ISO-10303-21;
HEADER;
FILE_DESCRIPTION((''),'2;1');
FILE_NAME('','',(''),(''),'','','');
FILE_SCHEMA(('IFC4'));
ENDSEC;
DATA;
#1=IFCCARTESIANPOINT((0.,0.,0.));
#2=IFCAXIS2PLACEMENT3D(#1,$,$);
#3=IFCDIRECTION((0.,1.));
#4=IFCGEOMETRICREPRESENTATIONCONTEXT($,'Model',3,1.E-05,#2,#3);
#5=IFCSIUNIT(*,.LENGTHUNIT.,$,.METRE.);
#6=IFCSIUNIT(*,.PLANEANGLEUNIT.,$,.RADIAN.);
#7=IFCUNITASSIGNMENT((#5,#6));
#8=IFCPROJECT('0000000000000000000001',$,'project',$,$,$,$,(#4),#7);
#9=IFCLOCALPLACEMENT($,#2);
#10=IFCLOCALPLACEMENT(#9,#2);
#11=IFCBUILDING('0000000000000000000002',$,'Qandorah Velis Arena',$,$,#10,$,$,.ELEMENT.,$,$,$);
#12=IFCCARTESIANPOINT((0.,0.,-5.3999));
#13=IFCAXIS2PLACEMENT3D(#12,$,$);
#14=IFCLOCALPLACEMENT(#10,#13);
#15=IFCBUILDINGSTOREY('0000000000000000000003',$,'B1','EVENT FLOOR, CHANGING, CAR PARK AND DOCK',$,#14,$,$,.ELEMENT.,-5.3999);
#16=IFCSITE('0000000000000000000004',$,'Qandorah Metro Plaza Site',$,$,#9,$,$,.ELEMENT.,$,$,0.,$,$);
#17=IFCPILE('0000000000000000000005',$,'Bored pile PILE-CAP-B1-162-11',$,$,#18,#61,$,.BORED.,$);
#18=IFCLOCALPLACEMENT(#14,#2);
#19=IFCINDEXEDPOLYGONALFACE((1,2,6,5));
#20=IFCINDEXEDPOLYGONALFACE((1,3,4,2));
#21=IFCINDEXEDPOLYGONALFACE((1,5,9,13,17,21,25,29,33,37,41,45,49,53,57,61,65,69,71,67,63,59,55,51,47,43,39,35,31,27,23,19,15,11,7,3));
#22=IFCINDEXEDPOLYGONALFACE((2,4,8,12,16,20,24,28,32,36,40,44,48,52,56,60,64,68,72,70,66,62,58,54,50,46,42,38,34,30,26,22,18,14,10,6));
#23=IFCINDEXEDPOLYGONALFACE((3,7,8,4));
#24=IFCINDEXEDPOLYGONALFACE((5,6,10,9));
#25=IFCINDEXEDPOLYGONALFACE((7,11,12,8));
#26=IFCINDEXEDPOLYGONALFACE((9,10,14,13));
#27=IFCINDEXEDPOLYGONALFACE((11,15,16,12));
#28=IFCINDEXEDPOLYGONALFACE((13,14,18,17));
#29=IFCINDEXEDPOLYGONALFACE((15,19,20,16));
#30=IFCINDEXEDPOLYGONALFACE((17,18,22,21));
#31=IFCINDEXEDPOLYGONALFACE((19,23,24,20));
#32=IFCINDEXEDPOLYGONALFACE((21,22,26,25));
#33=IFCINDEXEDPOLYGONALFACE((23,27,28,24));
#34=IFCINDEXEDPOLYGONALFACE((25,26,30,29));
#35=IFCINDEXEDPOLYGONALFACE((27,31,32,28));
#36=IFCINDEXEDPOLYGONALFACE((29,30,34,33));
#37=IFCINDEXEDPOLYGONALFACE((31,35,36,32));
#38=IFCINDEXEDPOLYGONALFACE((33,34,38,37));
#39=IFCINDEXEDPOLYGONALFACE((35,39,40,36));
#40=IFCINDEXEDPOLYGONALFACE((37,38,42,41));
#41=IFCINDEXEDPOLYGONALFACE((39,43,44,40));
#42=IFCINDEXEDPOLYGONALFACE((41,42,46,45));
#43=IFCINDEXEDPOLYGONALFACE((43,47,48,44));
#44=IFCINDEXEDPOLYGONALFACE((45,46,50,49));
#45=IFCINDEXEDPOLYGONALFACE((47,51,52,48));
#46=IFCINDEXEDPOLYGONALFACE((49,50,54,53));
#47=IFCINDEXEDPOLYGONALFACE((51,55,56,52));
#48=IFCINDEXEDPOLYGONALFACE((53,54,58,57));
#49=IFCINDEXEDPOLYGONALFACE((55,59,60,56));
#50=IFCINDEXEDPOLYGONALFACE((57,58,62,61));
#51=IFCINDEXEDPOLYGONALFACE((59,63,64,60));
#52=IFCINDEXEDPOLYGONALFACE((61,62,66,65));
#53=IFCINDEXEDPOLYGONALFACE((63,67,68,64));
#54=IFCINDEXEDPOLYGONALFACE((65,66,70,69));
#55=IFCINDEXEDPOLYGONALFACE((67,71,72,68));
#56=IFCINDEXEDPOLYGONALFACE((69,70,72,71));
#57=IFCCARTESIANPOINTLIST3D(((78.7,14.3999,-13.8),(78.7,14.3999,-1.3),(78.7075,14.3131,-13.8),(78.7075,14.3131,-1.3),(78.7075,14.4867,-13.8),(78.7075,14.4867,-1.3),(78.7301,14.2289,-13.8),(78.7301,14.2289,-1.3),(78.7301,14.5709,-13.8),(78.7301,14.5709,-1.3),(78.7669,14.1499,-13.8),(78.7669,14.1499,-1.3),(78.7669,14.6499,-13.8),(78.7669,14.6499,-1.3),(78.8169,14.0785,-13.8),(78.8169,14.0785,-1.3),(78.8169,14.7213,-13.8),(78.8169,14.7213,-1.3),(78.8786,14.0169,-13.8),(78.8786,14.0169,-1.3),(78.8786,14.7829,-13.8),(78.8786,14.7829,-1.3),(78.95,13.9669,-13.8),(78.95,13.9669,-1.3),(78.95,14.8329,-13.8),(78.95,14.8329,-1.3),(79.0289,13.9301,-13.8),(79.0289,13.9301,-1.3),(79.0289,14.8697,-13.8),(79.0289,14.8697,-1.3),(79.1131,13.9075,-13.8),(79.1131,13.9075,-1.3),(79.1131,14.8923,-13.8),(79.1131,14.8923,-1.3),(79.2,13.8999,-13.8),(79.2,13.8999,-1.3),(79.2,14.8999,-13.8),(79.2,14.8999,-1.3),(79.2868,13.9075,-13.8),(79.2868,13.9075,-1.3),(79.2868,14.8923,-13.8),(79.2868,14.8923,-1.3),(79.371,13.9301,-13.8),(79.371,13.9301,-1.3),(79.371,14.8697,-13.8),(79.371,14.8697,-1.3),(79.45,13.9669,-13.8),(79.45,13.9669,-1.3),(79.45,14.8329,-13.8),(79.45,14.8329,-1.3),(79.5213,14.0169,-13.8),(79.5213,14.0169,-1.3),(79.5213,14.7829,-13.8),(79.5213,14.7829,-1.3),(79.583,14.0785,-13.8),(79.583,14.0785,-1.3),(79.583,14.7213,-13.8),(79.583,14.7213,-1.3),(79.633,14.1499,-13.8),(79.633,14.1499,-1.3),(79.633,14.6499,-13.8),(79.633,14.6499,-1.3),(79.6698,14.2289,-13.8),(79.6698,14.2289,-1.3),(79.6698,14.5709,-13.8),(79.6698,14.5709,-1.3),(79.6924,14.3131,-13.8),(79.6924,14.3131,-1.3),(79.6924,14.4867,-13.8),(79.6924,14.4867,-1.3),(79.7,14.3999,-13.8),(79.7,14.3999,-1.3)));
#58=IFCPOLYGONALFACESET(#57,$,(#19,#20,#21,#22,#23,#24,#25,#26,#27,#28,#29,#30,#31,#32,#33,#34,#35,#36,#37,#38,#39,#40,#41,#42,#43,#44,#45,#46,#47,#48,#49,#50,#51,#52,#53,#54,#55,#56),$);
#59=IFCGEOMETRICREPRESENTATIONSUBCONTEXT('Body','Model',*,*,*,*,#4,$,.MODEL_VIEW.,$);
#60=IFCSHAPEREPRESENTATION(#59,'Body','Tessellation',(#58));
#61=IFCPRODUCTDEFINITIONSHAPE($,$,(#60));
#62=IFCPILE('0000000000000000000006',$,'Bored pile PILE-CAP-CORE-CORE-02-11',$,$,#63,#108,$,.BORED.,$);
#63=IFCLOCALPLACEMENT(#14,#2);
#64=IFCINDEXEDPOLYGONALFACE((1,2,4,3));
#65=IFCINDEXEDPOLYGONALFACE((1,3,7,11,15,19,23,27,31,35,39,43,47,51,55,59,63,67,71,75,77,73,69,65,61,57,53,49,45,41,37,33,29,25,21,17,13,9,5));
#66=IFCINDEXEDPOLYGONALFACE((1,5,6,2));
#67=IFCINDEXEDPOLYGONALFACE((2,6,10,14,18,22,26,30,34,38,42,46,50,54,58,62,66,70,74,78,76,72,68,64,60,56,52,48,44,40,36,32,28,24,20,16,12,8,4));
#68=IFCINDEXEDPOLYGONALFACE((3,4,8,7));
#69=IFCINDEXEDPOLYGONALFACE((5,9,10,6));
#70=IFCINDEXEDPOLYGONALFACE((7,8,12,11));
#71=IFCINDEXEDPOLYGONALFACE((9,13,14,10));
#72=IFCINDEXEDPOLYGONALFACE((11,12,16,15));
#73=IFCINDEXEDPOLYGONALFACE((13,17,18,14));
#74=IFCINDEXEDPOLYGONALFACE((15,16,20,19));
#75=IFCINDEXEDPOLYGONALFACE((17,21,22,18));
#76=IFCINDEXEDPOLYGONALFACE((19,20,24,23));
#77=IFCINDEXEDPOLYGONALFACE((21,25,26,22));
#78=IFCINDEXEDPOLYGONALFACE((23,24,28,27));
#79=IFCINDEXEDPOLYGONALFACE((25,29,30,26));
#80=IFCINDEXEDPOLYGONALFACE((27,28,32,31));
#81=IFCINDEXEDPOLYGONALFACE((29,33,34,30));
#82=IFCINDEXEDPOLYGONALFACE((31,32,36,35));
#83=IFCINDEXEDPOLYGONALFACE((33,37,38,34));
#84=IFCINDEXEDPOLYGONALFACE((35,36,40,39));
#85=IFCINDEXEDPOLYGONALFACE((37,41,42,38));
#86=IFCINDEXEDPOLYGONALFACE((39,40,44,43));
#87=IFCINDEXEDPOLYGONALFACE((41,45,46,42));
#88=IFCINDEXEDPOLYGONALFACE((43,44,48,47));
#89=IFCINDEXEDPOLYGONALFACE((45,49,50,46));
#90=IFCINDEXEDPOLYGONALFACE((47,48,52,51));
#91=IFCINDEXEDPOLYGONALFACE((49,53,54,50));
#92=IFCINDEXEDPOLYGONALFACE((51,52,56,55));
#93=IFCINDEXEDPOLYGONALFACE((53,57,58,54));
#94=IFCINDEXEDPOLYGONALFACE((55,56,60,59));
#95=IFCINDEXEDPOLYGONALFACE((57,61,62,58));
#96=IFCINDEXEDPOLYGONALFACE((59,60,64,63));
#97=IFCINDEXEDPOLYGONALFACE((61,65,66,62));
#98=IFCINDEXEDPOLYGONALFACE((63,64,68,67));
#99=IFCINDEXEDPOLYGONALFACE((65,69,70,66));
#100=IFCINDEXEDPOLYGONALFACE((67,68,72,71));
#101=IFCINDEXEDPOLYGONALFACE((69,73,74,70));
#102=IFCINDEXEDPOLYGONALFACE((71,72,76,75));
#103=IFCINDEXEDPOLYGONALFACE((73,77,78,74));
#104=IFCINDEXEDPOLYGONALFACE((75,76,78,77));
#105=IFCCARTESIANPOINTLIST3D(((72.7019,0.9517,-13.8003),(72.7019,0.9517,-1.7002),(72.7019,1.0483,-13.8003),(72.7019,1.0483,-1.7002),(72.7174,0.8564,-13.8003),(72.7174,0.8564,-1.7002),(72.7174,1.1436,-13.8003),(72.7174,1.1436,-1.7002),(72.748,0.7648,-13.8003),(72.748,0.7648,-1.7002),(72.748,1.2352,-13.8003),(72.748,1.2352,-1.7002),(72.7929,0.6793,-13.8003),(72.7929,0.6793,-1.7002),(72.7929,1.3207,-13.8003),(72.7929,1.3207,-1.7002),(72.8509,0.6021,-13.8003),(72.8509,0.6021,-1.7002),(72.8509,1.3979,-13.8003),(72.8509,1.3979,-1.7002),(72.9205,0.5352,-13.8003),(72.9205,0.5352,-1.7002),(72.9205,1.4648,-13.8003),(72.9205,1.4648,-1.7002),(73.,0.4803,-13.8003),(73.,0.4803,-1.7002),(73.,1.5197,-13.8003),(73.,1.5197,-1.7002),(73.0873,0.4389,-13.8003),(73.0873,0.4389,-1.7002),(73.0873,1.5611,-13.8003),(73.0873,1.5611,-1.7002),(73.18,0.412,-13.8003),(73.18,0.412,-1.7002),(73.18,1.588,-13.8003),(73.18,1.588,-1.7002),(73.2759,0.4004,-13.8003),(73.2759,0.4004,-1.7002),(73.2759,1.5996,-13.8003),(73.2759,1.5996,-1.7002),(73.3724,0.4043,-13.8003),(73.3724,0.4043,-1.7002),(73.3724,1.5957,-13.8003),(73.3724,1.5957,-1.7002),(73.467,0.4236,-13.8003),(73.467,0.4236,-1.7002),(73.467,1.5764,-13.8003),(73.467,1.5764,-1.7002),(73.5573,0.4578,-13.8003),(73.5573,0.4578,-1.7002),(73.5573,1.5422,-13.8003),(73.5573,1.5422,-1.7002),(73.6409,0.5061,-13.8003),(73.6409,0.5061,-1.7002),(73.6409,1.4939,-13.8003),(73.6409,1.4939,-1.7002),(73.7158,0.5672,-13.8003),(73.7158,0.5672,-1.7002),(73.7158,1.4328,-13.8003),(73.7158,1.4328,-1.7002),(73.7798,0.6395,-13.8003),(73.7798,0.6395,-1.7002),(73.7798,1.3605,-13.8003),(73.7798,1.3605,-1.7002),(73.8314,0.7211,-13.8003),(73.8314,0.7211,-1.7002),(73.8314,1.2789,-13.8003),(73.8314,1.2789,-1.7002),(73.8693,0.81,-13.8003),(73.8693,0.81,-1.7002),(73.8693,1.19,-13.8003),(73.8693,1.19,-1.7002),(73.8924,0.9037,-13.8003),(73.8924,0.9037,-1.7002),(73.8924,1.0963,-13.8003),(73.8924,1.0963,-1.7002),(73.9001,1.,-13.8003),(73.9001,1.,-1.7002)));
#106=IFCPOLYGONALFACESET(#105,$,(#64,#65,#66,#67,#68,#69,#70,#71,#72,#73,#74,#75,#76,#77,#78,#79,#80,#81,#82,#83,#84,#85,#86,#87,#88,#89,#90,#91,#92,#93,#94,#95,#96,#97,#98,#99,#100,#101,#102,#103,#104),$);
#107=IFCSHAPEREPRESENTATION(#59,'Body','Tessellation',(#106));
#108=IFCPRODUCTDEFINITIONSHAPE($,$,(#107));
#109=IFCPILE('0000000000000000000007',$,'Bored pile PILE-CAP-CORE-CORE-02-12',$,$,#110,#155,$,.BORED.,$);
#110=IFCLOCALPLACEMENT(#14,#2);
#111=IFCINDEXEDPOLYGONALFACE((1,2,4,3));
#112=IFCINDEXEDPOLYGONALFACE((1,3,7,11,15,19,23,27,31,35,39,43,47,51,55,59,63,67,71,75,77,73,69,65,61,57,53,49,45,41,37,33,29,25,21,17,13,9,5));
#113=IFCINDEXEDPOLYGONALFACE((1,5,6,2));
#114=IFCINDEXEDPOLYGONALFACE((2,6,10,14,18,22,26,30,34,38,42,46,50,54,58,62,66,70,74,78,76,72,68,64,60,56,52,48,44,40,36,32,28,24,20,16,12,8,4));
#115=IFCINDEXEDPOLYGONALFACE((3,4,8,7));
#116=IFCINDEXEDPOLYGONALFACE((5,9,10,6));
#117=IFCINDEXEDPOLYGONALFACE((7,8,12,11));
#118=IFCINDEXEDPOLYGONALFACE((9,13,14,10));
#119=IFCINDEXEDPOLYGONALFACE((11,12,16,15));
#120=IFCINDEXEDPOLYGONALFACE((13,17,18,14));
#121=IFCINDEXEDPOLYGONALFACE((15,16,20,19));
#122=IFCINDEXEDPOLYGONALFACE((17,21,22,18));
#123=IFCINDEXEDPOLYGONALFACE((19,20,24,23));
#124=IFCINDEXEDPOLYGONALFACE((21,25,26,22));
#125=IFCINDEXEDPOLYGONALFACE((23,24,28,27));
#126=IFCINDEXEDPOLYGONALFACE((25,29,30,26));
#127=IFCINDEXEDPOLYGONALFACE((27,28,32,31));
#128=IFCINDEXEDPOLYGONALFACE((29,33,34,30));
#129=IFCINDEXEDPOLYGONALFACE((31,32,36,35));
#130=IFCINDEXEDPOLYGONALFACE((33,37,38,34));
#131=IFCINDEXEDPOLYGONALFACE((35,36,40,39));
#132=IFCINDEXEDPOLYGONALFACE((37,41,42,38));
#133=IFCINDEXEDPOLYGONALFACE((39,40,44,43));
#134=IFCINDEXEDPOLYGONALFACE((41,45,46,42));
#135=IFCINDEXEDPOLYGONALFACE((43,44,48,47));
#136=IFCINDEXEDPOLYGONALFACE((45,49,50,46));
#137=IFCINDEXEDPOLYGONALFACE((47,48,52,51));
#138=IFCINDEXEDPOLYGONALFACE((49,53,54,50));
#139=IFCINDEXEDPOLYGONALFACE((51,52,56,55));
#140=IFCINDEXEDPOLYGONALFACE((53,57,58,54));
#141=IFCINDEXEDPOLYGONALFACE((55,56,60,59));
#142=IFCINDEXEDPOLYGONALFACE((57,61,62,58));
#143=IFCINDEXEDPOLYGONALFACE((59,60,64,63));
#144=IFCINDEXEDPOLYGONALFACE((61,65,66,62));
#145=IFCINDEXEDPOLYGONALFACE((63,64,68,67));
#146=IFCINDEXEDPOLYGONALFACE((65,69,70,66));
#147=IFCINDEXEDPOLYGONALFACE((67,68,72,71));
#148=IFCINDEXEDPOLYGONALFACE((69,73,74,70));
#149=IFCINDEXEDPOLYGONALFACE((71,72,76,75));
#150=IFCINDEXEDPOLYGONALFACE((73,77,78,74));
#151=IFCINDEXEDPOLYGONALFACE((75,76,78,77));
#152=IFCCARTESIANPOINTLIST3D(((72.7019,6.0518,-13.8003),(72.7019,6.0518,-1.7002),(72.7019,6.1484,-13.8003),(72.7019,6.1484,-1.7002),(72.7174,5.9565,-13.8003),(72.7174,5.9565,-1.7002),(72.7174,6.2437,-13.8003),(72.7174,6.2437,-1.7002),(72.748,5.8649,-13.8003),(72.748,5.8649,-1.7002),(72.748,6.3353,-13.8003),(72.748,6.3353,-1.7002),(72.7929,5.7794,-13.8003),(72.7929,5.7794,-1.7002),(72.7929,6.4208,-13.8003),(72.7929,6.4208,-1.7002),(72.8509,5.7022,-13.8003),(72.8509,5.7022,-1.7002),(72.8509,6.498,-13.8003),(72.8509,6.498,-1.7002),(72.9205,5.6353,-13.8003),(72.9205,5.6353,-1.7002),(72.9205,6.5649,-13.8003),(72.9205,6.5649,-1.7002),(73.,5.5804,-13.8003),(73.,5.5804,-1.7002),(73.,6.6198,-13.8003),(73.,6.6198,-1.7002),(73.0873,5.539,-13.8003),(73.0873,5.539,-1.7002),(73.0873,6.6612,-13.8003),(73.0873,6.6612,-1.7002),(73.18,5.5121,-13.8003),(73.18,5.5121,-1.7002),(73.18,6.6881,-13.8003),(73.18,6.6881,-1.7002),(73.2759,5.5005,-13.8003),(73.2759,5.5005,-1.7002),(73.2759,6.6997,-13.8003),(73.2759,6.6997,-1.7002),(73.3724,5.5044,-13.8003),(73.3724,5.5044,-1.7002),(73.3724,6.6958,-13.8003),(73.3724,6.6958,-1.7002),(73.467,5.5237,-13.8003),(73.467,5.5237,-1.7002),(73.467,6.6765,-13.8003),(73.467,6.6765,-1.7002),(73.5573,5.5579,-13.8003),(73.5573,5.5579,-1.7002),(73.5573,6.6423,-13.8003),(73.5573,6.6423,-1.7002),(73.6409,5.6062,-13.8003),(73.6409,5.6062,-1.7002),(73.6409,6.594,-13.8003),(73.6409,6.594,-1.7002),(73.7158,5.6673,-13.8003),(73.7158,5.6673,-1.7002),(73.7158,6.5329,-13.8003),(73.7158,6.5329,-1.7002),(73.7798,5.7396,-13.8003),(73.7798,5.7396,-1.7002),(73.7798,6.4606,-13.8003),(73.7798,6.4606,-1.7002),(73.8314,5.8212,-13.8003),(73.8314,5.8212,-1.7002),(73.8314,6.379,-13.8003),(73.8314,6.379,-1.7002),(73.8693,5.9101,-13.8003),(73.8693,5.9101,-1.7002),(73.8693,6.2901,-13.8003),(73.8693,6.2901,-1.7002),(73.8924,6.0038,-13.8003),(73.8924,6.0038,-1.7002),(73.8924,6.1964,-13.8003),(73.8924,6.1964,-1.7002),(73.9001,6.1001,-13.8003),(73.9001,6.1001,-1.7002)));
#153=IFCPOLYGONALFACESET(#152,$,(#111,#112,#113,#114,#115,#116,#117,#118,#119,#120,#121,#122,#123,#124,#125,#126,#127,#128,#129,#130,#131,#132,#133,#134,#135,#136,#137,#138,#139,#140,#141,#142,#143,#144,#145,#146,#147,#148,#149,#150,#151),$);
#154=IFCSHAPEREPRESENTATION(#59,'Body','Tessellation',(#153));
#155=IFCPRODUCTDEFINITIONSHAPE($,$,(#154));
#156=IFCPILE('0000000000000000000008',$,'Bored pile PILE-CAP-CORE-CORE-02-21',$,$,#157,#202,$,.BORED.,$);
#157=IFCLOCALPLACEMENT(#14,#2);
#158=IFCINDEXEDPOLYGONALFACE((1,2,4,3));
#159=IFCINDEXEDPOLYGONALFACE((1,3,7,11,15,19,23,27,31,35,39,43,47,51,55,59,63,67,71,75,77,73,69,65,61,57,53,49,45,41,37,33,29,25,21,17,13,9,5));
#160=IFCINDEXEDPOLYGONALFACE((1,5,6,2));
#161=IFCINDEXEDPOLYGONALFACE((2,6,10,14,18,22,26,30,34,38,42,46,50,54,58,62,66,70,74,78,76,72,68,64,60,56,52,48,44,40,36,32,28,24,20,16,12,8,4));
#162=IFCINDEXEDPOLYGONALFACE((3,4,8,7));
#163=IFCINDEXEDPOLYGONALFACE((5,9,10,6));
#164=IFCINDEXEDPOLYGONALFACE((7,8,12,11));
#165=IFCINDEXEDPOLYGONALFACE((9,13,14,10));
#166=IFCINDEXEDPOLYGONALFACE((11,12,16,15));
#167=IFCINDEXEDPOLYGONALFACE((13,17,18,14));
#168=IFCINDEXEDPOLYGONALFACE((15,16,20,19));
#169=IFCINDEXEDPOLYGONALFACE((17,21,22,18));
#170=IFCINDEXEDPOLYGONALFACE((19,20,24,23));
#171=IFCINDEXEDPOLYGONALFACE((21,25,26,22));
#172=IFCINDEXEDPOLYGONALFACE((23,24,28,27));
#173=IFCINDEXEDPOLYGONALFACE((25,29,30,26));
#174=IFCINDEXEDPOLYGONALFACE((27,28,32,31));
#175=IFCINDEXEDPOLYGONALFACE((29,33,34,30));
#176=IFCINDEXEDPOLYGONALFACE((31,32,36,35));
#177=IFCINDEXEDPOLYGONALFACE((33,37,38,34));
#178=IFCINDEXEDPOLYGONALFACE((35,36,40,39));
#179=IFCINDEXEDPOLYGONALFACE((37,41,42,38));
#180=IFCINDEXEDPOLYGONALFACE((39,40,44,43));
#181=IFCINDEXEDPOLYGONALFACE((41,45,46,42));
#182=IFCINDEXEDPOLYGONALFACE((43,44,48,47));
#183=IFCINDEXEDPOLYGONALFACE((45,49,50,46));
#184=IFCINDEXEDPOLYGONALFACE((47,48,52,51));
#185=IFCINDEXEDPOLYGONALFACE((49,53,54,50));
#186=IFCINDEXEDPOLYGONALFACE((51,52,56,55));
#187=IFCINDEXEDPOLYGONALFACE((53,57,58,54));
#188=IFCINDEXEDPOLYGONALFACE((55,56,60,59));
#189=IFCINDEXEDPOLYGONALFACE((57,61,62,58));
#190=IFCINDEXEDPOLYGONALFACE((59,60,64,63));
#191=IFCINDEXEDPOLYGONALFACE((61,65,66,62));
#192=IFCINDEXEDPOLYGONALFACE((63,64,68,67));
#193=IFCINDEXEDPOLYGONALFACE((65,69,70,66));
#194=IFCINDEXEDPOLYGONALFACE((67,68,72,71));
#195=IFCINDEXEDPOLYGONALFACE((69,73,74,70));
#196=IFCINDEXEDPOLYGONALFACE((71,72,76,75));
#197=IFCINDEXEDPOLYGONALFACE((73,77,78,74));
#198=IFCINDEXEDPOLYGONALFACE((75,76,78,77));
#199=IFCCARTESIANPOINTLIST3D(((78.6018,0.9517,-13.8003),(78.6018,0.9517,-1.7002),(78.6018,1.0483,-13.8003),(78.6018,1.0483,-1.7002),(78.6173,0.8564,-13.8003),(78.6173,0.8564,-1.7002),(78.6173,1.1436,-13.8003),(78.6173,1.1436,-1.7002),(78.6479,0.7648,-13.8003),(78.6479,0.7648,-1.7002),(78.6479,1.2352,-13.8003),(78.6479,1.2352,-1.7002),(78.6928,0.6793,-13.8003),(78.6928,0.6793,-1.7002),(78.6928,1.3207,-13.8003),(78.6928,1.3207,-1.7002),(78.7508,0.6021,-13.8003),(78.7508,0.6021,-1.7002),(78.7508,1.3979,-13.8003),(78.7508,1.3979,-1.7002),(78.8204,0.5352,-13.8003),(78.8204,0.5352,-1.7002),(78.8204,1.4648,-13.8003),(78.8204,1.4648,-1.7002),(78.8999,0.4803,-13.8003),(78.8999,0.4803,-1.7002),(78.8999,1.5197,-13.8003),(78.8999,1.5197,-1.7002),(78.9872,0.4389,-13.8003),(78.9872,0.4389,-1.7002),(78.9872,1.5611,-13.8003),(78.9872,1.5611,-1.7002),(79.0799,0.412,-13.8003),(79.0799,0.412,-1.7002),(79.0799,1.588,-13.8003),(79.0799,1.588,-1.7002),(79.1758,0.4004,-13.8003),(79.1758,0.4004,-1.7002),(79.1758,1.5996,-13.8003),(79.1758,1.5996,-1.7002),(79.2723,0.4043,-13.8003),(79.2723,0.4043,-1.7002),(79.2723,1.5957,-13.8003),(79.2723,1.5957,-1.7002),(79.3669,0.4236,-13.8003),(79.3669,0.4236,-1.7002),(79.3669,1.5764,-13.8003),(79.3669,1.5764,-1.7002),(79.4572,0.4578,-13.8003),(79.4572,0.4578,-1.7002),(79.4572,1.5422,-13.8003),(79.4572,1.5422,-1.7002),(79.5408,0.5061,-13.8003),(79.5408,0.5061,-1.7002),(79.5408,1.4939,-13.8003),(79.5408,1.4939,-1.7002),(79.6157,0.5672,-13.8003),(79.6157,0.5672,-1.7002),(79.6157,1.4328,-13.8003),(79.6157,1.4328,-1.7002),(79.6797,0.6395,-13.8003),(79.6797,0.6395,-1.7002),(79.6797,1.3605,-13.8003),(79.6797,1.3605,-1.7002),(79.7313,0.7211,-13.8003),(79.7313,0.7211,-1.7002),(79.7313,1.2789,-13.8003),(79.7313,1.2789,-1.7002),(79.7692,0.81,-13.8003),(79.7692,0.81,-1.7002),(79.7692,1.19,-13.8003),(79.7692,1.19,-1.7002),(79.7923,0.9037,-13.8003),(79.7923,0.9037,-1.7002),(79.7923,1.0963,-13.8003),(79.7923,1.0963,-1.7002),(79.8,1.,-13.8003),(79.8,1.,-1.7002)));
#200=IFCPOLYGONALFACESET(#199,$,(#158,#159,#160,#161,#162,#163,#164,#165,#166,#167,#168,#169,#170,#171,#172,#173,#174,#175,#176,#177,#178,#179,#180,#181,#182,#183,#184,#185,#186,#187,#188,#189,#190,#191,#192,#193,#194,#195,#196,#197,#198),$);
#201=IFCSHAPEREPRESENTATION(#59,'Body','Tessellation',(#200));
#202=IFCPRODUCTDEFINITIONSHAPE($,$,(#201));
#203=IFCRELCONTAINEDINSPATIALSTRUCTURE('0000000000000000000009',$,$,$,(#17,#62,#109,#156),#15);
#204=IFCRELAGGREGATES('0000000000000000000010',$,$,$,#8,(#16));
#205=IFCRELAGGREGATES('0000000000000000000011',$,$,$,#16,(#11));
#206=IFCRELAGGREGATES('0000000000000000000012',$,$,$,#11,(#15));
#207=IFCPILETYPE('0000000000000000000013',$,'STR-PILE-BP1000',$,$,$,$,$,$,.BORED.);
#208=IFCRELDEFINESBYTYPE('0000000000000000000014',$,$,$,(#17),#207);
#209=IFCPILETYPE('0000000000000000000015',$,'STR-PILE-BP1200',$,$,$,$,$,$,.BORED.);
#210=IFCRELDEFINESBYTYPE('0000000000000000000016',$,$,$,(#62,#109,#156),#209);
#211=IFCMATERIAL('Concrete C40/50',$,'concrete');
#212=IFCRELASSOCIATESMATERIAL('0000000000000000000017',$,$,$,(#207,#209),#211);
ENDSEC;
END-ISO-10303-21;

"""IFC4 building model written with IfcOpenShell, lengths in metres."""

from ifc_helpers import new_model, si_unit, direction, frame, origin, origin_2d, place, context, subcontext, project, spatial, circle, extrude, material, material_profile, profile_set, type_object, element, save


model = new_model("IFC4")

# Units and contexts
model_context = context("Model", 3, precision=1e-05, world=origin(), true_north=direction((0.0, 1.0)))
body_context = subcontext(model_context, "Body", "Model", "MODEL_VIEW")
ifc_project = project(units=[si_unit("LENGTHUNIT", "METRE"), si_unit("PLANEANGLEUNIT", "RADIAN")], contexts=[model_context])

# Site, building, storey
site_placement = place(None, origin())
site = spatial("IfcSite", under=ifc_project, at=site_placement, Name="Qandorah Metro Plaza Site", CompositionType="ELEMENT", RefElevation=0.0)
building_placement = place(site_placement, origin())
building = spatial("IfcBuilding", under=site, at=building_placement, Name="Qandorah Velis Arena", CompositionType="ELEMENT")
storey_placement = place(building_placement, frame((0.0, 0.0, -5.3999)))
storey = spatial("IfcBuildingStorey", under=building, at=storey_placement, Name="B1", Description="EVENT FLOOR, CHANGING, CAR PARK AND DOCK", CompositionType="ELEMENT", Elevation=-5.3999)

# Shared definitions
ifc_material_1 = material(Name="Concrete C40/50", Category="concrete")

# Piles
ifc_material_profile_1 = material_profile(ifc_material_1, circle(Radius=0.5, at=origin_2d()), Name="BORED PILE D1000")
ifc_profile_set_1 = profile_set([ifc_material_profile_1], Name="Concrete C40/50")
pile_type_1 = type_object("IfcPileType", Name="STR-PILE-BP1000", PredefinedType="BORED", material=ifc_profile_set_1)
pile_1_placement = place(storey_placement, frame((79.2, 14.3999, -1.3), z_axis=(0.0, 0.0, -1.0), x_axis=(1.0, 0.0, 0.0)))
element("IfcPile", 1, at=pile_1_placement, inside=storey, type_object=pile_type_1, Name="Bored pile PILE-CAP-B1-162-11", PredefinedType="BORED", context=body_context, shape_type="SweptSolid", body=[
    extrude(circle(Radius=0.5, at=origin_2d()), origin(), (0.0, 0.0, 1.0), 12.5),
])
ifc_material_profile_2 = material_profile(ifc_material_1, circle(Radius=0.6001, at=origin_2d()), Name="BORED PILE D1200")
ifc_profile_set_2 = profile_set([ifc_material_profile_2], Name="Concrete C40/50")
pile_type_2 = type_object("IfcPileType", Name="STR-PILE-BP1200", PredefinedType="BORED", material=ifc_profile_set_2)
for number, where, z_axis, x_axis, name in (
    (2, (73.3, 1.0, -1.7002), (0.0, 0.0, -1.0), (1.0, 0.0, 0.0), "Bored pile PILE-CAP-CORE-CORE-02-11"),
    (3, (73.3, 6.1001, -1.7002), (0.0, 0.0, -1.0), (1.0, 0.0, 0.0), "Bored pile PILE-CAP-CORE-CORE-02-12"),
    (4, (79.2, 1.0, -1.7002), (0.0, 0.0, -1.0), (1.0, 0.0, 0.0), "Bored pile PILE-CAP-CORE-CORE-02-21"),
):
    element("IfcPile", number, at=place(storey_placement, frame(where, z_axis=z_axis, x_axis=x_axis)), inside=storey, type_object=pile_type_2, Name=name, PredefinedType="BORED", context=body_context, shape_type="SweptSolid", body=[
        extrude(circle(Radius=0.6001, at=origin_2d()), origin(), (0.0, 0.0, 1.0), 12.1001),
    ])

save(model, "model.ifc")
